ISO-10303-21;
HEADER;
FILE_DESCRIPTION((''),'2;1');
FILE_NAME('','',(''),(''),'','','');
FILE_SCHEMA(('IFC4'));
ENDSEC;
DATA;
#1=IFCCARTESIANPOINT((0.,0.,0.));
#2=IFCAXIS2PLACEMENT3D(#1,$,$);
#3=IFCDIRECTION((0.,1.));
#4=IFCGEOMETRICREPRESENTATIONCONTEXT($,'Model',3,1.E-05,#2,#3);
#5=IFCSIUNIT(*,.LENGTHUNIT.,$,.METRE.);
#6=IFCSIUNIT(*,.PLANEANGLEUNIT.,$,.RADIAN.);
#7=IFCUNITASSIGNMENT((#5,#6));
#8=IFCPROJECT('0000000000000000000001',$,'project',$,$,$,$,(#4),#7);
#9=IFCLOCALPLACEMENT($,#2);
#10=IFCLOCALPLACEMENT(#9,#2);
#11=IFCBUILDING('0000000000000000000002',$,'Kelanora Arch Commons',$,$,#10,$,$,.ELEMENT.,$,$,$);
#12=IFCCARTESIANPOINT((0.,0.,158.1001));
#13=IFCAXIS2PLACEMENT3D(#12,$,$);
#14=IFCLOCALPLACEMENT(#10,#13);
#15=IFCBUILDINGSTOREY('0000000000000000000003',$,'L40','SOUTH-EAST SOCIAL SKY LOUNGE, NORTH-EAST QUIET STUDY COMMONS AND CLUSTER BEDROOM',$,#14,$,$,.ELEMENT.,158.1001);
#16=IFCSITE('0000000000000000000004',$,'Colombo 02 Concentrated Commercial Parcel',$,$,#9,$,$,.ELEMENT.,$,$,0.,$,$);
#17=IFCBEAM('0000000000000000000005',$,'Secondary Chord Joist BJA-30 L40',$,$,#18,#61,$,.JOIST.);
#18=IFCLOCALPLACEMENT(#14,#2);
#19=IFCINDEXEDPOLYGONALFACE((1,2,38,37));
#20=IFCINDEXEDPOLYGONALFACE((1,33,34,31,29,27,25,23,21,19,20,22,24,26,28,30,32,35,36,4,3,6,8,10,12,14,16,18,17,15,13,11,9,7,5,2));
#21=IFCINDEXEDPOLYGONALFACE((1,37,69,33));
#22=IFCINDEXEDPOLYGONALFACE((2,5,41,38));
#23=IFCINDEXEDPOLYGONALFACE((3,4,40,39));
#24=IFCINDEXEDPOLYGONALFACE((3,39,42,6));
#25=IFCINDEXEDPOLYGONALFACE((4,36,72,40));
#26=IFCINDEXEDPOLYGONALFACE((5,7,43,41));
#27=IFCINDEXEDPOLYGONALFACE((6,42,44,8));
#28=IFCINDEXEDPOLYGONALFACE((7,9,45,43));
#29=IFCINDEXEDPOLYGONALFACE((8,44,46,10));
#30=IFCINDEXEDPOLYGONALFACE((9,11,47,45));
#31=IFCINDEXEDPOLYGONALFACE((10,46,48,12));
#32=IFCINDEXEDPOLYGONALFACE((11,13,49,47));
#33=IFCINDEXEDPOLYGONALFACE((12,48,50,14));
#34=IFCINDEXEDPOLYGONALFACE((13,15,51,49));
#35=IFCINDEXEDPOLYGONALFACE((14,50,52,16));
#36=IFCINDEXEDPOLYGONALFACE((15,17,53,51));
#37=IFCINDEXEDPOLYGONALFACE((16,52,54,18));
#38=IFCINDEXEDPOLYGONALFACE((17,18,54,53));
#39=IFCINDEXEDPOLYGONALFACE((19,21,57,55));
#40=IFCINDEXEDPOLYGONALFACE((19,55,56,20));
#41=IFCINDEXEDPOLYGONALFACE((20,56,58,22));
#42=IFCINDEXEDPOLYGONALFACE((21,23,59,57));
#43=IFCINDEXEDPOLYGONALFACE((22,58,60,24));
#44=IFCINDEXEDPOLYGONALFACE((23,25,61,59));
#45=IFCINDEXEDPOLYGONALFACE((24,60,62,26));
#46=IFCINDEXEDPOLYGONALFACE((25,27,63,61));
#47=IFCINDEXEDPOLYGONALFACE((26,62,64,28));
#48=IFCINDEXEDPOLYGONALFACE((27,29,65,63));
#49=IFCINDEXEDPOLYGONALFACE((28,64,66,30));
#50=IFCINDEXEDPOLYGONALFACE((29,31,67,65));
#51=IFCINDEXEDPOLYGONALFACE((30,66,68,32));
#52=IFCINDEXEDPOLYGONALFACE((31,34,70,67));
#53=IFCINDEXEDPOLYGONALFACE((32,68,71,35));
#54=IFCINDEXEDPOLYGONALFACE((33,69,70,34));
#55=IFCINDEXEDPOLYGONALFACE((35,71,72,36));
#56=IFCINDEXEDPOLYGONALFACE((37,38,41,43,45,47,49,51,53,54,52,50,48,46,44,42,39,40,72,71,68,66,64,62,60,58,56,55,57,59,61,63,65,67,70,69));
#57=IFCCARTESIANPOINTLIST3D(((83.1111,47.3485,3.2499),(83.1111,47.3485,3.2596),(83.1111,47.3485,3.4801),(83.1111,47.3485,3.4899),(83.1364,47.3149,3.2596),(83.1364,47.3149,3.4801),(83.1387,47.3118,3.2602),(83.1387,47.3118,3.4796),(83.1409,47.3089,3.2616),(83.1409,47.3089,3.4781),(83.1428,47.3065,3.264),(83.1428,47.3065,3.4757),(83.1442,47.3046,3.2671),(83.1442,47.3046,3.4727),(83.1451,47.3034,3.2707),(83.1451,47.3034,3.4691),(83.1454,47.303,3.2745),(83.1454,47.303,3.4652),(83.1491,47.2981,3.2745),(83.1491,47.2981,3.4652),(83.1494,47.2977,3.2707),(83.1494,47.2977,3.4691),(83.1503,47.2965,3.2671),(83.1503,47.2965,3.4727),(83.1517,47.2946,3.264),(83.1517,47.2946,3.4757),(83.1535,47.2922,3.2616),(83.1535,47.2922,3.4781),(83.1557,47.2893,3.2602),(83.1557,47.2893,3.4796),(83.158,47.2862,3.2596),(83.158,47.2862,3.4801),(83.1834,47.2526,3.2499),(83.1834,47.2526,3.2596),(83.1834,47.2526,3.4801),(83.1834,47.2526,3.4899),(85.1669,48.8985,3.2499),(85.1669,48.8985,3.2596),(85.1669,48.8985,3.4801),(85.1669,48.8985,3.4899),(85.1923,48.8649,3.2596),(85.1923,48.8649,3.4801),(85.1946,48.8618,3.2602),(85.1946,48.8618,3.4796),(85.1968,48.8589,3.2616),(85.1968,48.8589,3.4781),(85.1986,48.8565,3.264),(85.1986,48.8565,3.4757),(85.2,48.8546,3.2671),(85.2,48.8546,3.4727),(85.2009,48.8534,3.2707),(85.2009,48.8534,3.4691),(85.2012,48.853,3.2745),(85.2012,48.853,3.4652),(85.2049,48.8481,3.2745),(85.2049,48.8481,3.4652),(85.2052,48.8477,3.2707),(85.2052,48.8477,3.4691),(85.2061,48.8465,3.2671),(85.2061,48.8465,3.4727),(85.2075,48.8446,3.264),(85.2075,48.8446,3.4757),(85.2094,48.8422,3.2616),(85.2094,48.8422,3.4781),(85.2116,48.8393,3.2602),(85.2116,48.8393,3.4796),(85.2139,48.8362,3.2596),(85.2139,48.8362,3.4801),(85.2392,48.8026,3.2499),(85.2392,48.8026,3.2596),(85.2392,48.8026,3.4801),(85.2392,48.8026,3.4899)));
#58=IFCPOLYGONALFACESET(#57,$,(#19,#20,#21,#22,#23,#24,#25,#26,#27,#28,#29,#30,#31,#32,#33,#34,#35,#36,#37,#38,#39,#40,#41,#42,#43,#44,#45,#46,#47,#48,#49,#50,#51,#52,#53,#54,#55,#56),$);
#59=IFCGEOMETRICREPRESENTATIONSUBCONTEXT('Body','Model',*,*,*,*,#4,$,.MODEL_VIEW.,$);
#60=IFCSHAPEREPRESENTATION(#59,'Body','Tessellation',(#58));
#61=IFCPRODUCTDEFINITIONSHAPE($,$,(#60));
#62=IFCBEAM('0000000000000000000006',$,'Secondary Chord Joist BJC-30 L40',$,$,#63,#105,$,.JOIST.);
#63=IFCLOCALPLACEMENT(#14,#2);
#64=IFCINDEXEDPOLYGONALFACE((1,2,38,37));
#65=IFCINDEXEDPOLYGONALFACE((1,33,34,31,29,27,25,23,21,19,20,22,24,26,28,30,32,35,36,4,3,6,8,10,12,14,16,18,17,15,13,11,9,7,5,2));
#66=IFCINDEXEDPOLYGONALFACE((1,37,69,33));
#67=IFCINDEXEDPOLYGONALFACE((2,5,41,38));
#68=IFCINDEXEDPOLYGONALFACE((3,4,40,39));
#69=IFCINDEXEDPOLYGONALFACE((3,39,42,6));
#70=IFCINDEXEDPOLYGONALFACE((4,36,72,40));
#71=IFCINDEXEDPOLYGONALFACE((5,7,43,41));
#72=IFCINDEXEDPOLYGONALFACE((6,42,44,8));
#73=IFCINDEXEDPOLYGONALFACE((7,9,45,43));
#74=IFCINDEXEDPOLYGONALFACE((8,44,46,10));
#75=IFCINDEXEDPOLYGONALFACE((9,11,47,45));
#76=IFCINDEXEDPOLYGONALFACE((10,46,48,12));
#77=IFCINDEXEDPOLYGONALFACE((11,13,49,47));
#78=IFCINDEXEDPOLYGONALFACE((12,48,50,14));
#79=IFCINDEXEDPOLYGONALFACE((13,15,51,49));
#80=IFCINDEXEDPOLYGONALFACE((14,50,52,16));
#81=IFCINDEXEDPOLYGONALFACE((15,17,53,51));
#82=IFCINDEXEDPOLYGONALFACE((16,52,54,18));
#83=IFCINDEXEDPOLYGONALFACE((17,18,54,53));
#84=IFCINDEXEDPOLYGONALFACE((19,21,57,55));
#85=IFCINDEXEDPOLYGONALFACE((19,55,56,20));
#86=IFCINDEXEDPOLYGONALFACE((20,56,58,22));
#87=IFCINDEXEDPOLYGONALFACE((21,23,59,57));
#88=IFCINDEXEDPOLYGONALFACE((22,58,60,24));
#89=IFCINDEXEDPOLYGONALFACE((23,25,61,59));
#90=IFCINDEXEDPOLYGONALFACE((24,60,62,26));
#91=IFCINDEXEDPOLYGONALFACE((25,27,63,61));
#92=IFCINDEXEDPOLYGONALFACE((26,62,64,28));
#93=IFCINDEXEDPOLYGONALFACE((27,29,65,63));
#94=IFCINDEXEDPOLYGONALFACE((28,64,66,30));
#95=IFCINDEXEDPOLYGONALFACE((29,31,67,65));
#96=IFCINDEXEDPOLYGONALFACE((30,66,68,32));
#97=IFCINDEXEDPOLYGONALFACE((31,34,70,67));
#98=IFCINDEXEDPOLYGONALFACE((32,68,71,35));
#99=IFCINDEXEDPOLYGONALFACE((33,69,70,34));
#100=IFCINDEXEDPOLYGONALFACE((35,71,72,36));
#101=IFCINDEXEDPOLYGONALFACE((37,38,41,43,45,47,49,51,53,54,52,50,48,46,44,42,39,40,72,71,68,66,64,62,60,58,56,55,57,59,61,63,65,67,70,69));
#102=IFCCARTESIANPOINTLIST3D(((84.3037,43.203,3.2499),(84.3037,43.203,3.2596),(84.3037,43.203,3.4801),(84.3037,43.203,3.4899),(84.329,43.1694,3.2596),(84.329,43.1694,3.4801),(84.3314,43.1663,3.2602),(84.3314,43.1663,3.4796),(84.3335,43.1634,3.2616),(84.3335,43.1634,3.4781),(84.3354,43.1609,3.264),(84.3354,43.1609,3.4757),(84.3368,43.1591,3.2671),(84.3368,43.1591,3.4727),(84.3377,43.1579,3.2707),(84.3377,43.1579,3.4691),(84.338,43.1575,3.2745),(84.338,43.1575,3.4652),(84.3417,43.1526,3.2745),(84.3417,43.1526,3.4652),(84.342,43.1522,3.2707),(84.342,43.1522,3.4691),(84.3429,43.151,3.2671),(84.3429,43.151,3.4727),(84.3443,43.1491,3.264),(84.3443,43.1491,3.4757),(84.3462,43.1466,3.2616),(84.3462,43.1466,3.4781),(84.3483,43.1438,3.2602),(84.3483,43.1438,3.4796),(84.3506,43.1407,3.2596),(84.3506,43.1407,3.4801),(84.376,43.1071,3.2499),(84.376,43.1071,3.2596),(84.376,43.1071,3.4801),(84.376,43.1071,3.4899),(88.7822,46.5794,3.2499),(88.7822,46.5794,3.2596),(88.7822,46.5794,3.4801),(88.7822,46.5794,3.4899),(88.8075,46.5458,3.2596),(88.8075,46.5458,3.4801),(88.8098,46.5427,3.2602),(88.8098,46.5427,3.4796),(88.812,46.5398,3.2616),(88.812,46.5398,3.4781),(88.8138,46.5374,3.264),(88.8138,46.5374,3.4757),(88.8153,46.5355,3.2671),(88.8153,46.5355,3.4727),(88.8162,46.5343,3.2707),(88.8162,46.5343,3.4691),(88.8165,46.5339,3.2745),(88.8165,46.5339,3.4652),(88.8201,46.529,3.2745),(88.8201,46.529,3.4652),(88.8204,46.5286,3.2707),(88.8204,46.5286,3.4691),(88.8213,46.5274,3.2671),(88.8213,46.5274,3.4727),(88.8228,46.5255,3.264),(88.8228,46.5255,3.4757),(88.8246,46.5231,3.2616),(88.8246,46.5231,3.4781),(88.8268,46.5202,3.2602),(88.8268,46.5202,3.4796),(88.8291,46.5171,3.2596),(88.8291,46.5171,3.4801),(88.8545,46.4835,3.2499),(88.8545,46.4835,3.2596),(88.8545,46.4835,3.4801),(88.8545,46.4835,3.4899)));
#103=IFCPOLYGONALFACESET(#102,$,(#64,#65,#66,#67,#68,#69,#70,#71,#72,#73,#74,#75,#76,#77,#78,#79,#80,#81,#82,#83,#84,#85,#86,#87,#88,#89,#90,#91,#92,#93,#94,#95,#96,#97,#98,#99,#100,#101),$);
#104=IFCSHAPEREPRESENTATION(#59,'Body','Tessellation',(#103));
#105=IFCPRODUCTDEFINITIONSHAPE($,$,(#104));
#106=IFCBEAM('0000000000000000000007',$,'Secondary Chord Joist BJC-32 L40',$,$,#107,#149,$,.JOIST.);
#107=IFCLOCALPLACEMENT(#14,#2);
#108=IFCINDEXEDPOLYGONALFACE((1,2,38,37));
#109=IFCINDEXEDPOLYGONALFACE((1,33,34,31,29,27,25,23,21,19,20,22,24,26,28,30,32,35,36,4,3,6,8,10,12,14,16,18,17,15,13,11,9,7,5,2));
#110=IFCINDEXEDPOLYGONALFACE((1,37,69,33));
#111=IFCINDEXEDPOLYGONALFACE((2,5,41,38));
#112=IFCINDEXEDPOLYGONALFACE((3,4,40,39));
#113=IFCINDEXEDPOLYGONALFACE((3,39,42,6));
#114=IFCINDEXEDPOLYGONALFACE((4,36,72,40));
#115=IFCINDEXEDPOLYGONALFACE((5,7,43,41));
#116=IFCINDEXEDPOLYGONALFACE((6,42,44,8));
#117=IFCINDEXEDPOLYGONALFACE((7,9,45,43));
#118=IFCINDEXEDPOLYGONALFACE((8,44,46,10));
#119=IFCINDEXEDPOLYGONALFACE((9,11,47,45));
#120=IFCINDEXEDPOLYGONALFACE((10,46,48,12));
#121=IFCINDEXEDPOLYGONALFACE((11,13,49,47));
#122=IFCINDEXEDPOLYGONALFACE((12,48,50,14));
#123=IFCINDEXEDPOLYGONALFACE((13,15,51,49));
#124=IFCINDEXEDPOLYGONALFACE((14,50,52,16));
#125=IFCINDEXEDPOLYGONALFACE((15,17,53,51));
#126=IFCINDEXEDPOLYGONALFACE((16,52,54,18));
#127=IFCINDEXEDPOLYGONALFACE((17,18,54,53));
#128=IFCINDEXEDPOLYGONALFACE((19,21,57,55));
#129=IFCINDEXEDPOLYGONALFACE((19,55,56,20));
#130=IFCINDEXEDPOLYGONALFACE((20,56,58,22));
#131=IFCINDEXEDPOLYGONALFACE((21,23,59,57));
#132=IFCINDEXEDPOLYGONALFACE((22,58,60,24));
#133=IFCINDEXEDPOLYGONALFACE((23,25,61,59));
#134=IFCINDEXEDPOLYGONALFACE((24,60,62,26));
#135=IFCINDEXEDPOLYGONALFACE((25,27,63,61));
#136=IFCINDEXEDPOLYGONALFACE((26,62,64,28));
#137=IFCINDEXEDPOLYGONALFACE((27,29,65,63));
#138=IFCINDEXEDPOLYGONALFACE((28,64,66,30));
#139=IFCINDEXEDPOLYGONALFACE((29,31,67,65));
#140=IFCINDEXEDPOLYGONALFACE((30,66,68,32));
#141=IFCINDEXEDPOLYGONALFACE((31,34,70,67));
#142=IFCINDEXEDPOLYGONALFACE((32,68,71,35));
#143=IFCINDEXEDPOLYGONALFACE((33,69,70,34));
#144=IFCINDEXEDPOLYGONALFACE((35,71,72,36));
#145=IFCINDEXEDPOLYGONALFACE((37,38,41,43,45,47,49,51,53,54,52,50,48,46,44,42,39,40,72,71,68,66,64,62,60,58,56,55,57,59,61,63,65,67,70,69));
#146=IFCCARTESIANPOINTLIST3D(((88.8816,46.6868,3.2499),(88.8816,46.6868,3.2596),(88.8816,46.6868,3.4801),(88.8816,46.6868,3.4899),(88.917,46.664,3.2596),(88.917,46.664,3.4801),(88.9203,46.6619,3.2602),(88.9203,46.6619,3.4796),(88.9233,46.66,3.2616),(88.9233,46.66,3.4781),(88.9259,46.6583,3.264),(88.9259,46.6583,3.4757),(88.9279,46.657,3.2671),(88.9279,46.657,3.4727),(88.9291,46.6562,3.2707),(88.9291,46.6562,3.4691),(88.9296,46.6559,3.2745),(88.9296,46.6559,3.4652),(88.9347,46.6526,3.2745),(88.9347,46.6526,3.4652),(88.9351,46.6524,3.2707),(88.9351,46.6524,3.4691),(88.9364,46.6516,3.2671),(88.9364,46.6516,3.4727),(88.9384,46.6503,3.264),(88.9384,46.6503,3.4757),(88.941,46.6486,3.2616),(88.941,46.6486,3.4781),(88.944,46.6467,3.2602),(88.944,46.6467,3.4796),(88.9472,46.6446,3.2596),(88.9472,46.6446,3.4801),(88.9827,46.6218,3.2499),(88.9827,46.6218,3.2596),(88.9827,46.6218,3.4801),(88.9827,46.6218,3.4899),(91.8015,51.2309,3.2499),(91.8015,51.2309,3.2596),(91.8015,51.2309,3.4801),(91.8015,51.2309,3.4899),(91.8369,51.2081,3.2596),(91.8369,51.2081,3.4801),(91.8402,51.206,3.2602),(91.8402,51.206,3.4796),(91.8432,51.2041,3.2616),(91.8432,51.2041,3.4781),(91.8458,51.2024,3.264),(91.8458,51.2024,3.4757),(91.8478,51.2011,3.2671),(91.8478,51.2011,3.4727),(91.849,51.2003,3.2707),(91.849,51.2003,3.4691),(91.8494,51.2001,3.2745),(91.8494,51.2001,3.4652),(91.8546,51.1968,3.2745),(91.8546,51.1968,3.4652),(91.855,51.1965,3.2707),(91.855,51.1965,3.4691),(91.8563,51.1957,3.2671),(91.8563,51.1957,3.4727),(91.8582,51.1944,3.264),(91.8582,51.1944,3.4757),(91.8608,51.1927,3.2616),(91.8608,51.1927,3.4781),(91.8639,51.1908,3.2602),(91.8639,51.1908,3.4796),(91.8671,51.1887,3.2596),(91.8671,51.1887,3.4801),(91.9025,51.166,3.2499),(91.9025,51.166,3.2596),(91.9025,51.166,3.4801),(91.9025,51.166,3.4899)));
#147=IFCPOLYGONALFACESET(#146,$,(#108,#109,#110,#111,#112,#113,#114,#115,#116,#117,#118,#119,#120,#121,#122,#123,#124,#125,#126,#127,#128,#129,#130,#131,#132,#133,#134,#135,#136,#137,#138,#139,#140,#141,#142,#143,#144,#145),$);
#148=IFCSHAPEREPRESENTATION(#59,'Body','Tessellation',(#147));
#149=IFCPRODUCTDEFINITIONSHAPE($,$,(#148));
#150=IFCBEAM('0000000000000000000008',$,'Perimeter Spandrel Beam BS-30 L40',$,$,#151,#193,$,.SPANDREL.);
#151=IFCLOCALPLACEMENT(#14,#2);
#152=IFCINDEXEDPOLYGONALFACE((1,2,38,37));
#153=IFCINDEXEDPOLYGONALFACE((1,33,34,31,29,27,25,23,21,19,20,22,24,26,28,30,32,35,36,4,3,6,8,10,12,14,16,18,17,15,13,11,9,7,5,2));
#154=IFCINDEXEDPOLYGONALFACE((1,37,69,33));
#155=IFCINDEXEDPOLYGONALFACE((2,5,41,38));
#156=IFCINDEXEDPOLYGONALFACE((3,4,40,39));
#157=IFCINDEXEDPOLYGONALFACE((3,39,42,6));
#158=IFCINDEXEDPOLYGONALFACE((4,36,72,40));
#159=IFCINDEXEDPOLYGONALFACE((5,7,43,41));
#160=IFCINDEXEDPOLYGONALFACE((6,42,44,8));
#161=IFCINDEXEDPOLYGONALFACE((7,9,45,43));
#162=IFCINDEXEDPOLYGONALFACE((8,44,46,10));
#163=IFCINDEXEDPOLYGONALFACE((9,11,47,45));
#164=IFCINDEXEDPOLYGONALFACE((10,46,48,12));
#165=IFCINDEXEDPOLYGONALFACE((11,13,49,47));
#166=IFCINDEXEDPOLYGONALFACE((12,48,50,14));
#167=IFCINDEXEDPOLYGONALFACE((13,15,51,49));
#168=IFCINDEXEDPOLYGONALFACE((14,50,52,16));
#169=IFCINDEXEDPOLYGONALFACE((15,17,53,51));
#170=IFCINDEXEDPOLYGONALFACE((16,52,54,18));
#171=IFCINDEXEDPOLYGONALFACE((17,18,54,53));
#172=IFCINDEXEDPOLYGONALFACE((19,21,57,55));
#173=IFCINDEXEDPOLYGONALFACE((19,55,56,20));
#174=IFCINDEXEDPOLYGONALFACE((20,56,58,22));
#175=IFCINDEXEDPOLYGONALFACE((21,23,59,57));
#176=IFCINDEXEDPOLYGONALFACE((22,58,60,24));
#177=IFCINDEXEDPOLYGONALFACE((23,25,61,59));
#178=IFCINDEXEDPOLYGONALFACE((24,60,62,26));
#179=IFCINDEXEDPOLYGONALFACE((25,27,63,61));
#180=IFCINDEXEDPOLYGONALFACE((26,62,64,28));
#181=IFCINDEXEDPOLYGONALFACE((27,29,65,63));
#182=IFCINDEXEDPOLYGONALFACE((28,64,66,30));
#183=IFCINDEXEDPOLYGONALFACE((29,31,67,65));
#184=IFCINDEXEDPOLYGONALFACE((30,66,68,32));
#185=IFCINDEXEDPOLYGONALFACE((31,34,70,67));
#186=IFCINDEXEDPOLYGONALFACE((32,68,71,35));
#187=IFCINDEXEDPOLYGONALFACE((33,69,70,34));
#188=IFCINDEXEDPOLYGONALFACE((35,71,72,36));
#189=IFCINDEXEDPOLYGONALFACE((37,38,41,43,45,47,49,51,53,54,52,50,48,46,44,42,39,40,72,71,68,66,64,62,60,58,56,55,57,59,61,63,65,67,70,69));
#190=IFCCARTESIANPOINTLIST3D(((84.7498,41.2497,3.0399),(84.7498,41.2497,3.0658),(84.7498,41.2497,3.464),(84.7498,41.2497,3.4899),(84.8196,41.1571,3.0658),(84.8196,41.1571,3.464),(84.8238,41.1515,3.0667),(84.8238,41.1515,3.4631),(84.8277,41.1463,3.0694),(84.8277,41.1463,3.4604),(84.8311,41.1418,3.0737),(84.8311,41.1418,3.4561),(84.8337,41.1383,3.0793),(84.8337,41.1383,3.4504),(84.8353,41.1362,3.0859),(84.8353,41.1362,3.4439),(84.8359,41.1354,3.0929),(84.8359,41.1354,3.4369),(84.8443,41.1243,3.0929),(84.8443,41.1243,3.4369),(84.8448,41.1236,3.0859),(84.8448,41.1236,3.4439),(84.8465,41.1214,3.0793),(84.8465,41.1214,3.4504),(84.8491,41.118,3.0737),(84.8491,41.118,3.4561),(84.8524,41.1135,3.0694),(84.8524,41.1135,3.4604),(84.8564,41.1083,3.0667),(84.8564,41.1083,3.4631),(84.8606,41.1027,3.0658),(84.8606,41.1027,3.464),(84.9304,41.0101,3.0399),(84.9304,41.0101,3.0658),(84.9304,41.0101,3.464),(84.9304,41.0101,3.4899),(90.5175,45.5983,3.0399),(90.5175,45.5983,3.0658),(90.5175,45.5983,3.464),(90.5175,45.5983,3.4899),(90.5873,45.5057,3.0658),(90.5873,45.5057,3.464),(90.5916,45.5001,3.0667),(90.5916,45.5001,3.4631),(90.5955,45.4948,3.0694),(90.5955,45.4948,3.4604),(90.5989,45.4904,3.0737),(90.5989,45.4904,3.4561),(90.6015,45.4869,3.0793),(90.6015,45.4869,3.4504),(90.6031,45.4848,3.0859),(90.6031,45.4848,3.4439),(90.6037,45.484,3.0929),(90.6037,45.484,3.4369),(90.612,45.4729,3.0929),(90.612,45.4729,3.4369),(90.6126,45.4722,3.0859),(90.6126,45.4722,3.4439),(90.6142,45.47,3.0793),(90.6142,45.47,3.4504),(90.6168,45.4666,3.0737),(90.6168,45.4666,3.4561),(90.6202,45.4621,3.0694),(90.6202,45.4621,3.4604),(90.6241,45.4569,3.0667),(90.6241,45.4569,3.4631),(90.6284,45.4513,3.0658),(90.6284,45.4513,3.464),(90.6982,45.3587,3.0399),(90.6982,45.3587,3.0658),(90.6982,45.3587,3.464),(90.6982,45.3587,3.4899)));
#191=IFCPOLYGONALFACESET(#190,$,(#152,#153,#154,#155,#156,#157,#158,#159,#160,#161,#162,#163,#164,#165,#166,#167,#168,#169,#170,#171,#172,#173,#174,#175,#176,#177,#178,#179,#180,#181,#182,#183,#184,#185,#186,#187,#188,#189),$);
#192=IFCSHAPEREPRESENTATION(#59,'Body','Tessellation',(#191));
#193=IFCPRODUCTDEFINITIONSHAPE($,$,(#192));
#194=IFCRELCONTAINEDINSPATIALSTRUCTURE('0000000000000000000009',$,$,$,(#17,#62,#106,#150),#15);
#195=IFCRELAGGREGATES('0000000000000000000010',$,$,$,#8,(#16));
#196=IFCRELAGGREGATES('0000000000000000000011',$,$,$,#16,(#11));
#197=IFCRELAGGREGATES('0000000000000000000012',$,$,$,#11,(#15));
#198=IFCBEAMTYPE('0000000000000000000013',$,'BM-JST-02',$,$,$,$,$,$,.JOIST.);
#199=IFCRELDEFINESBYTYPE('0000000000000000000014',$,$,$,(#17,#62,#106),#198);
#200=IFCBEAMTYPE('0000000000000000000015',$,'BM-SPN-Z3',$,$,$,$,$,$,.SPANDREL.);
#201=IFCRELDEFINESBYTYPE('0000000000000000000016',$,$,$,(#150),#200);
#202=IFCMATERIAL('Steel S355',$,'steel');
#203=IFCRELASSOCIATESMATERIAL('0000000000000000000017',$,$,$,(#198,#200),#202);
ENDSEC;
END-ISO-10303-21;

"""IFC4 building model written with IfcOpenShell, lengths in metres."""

from ifc_helpers import new_model, si_unit, direction, frame, origin, origin_2d, place, context, subcontext, project, spatial, i_section, extrude, material, material_profile, profile_set, type_object, element, save


model = new_model("IFC4")

# Units and contexts
model_context = context("Model", 3, precision=1e-05, world=origin(), true_north=direction((0.0, 1.0)))
body_context = subcontext(model_context, "Body", "Model", "MODEL_VIEW")
ifc_project = project(units=[si_unit("LENGTHUNIT", "METRE"), si_unit("PLANEANGLEUNIT", "RADIAN")], contexts=[model_context])

# Site, building, storey
site_placement = place(None, origin())
site = spatial("IfcSite", under=ifc_project, at=site_placement, Name="Colombo 02 Concentrated Commercial Parcel", CompositionType="ELEMENT", RefElevation=0.0)
building_placement = place(site_placement, origin())
building = spatial("IfcBuilding", under=site, at=building_placement, Name="Kelanora Arch Commons", CompositionType="ELEMENT")
storey_placement = place(building_placement, frame((0.0, 0.0, 158.1001)))
storey = spatial("IfcBuildingStorey", under=building, at=storey_placement, Name="L40", Description="SOUTH-EAST SOCIAL SKY LOUNGE, NORTH-EAST QUIET STUDY COMMONS AND CLUSTER BEDROOM", CompositionType="ELEMENT", Elevation=158.1001)

# Beams
ifc_material_1 = material(Name="Steel S355", Category="steel")
ifc_material_profile_1 = material_profile(ifc_material_1, i_section(OverallWidth=0.1201, OverallDepth=0.24, WebThickness=0.0061, FlangeThickness=0.0098, FilletRadius=0.0149, at=origin_2d()), Name="IPE240")
ifc_profile_set_1 = profile_set([ifc_material_profile_1], Name="Steel S355")
beam_type_1 = type_object("IfcBeamType", Name="BM-JST-02", PredefinedType="JOIST", material=ifc_profile_set_1)
beam_1_placement = place(storey_placement, frame((83.1472, 47.3005, 3.3699), z_axis=(0.798484, 0.602016, 0.0), x_axis=(-0.602016, 0.798484, 0.0)))
element("IfcBeam", 1, at=beam_1_placement, inside=storey, type_object=beam_type_1, Name="Secondary Chord Joist BJA-30 L40", PredefinedType="JOIST", context=body_context, shape_type="SweptSolid", body=[
    extrude(i_section(OverallWidth=0.1201, OverallDepth=0.24, WebThickness=0.0061, FlangeThickness=0.0098, FilletRadius=0.0149, at=origin_2d()), origin(), (0.0, 0.0, 1.0), 2.5747),
])
beam_2_placement = place(storey_placement, frame((84.3398, 43.155, 3.3699), z_axis=(0.798493, 0.602004, 0.0), x_axis=(-0.602004, 0.798493, 0.0)))
element("IfcBeam", 2, at=beam_2_placement, inside=storey, type_object=beam_type_1, Name="Secondary Chord Joist BJC-30 L40", PredefinedType="JOIST", context=body_context, shape_type="SweptSolid", body=[
    extrude(i_section(OverallWidth=0.1201, OverallDepth=0.24, WebThickness=0.0061, FlangeThickness=0.0098, FilletRadius=0.0149, at=origin_2d()), origin(), (0.0, 0.0, 1.0), 5.6086),
])
beam_3_placement = place(storey_placement, frame((88.9321, 46.6543, 3.3699), z_axis=(0.540582, 0.841292, 0.0), x_axis=(-0.841292, 0.540582, 0.0)))
element("IfcBeam", 3, at=beam_3_placement, inside=storey, type_object=beam_type_1, Name="Secondary Chord Joist BJC-32 L40", PredefinedType="JOIST", context=body_context, shape_type="SweptSolid", body=[
    extrude(i_section(OverallWidth=0.1201, OverallDepth=0.24, WebThickness=0.0061, FlangeThickness=0.0098, FilletRadius=0.0149, at=origin_2d()), origin(), (0.0, 0.0, 1.0), 5.4014),
])
ifc_material_profile_2 = material_profile(ifc_material_1, i_section(OverallWidth=0.3, OverallDepth=0.45, WebThickness=0.0139, FlangeThickness=0.0259, FilletRadius=0.0271, at=origin_2d()), Name="HEB450")
ifc_profile_set_2 = profile_set([ifc_material_profile_2], Name="Steel S355")
beam_type_2 = type_object("IfcBeamType", Name="BM-SPN-Z3", PredefinedType="SPANDREL", material=ifc_profile_set_2)
beam_4_placement = place(storey_placement, frame((84.8401, 41.1299, 3.2649), z_axis=(0.798485, 0.602015, 0.0), x_axis=(-0.602015, 0.798485, 0.0)))
element("IfcBeam", 4, at=beam_4_placement, inside=storey, type_object=beam_type_2, Name="Perimeter Spandrel Beam BS-30 L40", PredefinedType="SPANDREL", context=body_context, shape_type="SweptSolid", body=[
    extrude(i_section(OverallWidth=0.3, OverallDepth=0.45, WebThickness=0.0139, FlangeThickness=0.0259, FilletRadius=0.0271, at=origin_2d()), origin(), (0.0, 0.0, 1.0), 7.2234),
])

save(model, "model.ifc")
